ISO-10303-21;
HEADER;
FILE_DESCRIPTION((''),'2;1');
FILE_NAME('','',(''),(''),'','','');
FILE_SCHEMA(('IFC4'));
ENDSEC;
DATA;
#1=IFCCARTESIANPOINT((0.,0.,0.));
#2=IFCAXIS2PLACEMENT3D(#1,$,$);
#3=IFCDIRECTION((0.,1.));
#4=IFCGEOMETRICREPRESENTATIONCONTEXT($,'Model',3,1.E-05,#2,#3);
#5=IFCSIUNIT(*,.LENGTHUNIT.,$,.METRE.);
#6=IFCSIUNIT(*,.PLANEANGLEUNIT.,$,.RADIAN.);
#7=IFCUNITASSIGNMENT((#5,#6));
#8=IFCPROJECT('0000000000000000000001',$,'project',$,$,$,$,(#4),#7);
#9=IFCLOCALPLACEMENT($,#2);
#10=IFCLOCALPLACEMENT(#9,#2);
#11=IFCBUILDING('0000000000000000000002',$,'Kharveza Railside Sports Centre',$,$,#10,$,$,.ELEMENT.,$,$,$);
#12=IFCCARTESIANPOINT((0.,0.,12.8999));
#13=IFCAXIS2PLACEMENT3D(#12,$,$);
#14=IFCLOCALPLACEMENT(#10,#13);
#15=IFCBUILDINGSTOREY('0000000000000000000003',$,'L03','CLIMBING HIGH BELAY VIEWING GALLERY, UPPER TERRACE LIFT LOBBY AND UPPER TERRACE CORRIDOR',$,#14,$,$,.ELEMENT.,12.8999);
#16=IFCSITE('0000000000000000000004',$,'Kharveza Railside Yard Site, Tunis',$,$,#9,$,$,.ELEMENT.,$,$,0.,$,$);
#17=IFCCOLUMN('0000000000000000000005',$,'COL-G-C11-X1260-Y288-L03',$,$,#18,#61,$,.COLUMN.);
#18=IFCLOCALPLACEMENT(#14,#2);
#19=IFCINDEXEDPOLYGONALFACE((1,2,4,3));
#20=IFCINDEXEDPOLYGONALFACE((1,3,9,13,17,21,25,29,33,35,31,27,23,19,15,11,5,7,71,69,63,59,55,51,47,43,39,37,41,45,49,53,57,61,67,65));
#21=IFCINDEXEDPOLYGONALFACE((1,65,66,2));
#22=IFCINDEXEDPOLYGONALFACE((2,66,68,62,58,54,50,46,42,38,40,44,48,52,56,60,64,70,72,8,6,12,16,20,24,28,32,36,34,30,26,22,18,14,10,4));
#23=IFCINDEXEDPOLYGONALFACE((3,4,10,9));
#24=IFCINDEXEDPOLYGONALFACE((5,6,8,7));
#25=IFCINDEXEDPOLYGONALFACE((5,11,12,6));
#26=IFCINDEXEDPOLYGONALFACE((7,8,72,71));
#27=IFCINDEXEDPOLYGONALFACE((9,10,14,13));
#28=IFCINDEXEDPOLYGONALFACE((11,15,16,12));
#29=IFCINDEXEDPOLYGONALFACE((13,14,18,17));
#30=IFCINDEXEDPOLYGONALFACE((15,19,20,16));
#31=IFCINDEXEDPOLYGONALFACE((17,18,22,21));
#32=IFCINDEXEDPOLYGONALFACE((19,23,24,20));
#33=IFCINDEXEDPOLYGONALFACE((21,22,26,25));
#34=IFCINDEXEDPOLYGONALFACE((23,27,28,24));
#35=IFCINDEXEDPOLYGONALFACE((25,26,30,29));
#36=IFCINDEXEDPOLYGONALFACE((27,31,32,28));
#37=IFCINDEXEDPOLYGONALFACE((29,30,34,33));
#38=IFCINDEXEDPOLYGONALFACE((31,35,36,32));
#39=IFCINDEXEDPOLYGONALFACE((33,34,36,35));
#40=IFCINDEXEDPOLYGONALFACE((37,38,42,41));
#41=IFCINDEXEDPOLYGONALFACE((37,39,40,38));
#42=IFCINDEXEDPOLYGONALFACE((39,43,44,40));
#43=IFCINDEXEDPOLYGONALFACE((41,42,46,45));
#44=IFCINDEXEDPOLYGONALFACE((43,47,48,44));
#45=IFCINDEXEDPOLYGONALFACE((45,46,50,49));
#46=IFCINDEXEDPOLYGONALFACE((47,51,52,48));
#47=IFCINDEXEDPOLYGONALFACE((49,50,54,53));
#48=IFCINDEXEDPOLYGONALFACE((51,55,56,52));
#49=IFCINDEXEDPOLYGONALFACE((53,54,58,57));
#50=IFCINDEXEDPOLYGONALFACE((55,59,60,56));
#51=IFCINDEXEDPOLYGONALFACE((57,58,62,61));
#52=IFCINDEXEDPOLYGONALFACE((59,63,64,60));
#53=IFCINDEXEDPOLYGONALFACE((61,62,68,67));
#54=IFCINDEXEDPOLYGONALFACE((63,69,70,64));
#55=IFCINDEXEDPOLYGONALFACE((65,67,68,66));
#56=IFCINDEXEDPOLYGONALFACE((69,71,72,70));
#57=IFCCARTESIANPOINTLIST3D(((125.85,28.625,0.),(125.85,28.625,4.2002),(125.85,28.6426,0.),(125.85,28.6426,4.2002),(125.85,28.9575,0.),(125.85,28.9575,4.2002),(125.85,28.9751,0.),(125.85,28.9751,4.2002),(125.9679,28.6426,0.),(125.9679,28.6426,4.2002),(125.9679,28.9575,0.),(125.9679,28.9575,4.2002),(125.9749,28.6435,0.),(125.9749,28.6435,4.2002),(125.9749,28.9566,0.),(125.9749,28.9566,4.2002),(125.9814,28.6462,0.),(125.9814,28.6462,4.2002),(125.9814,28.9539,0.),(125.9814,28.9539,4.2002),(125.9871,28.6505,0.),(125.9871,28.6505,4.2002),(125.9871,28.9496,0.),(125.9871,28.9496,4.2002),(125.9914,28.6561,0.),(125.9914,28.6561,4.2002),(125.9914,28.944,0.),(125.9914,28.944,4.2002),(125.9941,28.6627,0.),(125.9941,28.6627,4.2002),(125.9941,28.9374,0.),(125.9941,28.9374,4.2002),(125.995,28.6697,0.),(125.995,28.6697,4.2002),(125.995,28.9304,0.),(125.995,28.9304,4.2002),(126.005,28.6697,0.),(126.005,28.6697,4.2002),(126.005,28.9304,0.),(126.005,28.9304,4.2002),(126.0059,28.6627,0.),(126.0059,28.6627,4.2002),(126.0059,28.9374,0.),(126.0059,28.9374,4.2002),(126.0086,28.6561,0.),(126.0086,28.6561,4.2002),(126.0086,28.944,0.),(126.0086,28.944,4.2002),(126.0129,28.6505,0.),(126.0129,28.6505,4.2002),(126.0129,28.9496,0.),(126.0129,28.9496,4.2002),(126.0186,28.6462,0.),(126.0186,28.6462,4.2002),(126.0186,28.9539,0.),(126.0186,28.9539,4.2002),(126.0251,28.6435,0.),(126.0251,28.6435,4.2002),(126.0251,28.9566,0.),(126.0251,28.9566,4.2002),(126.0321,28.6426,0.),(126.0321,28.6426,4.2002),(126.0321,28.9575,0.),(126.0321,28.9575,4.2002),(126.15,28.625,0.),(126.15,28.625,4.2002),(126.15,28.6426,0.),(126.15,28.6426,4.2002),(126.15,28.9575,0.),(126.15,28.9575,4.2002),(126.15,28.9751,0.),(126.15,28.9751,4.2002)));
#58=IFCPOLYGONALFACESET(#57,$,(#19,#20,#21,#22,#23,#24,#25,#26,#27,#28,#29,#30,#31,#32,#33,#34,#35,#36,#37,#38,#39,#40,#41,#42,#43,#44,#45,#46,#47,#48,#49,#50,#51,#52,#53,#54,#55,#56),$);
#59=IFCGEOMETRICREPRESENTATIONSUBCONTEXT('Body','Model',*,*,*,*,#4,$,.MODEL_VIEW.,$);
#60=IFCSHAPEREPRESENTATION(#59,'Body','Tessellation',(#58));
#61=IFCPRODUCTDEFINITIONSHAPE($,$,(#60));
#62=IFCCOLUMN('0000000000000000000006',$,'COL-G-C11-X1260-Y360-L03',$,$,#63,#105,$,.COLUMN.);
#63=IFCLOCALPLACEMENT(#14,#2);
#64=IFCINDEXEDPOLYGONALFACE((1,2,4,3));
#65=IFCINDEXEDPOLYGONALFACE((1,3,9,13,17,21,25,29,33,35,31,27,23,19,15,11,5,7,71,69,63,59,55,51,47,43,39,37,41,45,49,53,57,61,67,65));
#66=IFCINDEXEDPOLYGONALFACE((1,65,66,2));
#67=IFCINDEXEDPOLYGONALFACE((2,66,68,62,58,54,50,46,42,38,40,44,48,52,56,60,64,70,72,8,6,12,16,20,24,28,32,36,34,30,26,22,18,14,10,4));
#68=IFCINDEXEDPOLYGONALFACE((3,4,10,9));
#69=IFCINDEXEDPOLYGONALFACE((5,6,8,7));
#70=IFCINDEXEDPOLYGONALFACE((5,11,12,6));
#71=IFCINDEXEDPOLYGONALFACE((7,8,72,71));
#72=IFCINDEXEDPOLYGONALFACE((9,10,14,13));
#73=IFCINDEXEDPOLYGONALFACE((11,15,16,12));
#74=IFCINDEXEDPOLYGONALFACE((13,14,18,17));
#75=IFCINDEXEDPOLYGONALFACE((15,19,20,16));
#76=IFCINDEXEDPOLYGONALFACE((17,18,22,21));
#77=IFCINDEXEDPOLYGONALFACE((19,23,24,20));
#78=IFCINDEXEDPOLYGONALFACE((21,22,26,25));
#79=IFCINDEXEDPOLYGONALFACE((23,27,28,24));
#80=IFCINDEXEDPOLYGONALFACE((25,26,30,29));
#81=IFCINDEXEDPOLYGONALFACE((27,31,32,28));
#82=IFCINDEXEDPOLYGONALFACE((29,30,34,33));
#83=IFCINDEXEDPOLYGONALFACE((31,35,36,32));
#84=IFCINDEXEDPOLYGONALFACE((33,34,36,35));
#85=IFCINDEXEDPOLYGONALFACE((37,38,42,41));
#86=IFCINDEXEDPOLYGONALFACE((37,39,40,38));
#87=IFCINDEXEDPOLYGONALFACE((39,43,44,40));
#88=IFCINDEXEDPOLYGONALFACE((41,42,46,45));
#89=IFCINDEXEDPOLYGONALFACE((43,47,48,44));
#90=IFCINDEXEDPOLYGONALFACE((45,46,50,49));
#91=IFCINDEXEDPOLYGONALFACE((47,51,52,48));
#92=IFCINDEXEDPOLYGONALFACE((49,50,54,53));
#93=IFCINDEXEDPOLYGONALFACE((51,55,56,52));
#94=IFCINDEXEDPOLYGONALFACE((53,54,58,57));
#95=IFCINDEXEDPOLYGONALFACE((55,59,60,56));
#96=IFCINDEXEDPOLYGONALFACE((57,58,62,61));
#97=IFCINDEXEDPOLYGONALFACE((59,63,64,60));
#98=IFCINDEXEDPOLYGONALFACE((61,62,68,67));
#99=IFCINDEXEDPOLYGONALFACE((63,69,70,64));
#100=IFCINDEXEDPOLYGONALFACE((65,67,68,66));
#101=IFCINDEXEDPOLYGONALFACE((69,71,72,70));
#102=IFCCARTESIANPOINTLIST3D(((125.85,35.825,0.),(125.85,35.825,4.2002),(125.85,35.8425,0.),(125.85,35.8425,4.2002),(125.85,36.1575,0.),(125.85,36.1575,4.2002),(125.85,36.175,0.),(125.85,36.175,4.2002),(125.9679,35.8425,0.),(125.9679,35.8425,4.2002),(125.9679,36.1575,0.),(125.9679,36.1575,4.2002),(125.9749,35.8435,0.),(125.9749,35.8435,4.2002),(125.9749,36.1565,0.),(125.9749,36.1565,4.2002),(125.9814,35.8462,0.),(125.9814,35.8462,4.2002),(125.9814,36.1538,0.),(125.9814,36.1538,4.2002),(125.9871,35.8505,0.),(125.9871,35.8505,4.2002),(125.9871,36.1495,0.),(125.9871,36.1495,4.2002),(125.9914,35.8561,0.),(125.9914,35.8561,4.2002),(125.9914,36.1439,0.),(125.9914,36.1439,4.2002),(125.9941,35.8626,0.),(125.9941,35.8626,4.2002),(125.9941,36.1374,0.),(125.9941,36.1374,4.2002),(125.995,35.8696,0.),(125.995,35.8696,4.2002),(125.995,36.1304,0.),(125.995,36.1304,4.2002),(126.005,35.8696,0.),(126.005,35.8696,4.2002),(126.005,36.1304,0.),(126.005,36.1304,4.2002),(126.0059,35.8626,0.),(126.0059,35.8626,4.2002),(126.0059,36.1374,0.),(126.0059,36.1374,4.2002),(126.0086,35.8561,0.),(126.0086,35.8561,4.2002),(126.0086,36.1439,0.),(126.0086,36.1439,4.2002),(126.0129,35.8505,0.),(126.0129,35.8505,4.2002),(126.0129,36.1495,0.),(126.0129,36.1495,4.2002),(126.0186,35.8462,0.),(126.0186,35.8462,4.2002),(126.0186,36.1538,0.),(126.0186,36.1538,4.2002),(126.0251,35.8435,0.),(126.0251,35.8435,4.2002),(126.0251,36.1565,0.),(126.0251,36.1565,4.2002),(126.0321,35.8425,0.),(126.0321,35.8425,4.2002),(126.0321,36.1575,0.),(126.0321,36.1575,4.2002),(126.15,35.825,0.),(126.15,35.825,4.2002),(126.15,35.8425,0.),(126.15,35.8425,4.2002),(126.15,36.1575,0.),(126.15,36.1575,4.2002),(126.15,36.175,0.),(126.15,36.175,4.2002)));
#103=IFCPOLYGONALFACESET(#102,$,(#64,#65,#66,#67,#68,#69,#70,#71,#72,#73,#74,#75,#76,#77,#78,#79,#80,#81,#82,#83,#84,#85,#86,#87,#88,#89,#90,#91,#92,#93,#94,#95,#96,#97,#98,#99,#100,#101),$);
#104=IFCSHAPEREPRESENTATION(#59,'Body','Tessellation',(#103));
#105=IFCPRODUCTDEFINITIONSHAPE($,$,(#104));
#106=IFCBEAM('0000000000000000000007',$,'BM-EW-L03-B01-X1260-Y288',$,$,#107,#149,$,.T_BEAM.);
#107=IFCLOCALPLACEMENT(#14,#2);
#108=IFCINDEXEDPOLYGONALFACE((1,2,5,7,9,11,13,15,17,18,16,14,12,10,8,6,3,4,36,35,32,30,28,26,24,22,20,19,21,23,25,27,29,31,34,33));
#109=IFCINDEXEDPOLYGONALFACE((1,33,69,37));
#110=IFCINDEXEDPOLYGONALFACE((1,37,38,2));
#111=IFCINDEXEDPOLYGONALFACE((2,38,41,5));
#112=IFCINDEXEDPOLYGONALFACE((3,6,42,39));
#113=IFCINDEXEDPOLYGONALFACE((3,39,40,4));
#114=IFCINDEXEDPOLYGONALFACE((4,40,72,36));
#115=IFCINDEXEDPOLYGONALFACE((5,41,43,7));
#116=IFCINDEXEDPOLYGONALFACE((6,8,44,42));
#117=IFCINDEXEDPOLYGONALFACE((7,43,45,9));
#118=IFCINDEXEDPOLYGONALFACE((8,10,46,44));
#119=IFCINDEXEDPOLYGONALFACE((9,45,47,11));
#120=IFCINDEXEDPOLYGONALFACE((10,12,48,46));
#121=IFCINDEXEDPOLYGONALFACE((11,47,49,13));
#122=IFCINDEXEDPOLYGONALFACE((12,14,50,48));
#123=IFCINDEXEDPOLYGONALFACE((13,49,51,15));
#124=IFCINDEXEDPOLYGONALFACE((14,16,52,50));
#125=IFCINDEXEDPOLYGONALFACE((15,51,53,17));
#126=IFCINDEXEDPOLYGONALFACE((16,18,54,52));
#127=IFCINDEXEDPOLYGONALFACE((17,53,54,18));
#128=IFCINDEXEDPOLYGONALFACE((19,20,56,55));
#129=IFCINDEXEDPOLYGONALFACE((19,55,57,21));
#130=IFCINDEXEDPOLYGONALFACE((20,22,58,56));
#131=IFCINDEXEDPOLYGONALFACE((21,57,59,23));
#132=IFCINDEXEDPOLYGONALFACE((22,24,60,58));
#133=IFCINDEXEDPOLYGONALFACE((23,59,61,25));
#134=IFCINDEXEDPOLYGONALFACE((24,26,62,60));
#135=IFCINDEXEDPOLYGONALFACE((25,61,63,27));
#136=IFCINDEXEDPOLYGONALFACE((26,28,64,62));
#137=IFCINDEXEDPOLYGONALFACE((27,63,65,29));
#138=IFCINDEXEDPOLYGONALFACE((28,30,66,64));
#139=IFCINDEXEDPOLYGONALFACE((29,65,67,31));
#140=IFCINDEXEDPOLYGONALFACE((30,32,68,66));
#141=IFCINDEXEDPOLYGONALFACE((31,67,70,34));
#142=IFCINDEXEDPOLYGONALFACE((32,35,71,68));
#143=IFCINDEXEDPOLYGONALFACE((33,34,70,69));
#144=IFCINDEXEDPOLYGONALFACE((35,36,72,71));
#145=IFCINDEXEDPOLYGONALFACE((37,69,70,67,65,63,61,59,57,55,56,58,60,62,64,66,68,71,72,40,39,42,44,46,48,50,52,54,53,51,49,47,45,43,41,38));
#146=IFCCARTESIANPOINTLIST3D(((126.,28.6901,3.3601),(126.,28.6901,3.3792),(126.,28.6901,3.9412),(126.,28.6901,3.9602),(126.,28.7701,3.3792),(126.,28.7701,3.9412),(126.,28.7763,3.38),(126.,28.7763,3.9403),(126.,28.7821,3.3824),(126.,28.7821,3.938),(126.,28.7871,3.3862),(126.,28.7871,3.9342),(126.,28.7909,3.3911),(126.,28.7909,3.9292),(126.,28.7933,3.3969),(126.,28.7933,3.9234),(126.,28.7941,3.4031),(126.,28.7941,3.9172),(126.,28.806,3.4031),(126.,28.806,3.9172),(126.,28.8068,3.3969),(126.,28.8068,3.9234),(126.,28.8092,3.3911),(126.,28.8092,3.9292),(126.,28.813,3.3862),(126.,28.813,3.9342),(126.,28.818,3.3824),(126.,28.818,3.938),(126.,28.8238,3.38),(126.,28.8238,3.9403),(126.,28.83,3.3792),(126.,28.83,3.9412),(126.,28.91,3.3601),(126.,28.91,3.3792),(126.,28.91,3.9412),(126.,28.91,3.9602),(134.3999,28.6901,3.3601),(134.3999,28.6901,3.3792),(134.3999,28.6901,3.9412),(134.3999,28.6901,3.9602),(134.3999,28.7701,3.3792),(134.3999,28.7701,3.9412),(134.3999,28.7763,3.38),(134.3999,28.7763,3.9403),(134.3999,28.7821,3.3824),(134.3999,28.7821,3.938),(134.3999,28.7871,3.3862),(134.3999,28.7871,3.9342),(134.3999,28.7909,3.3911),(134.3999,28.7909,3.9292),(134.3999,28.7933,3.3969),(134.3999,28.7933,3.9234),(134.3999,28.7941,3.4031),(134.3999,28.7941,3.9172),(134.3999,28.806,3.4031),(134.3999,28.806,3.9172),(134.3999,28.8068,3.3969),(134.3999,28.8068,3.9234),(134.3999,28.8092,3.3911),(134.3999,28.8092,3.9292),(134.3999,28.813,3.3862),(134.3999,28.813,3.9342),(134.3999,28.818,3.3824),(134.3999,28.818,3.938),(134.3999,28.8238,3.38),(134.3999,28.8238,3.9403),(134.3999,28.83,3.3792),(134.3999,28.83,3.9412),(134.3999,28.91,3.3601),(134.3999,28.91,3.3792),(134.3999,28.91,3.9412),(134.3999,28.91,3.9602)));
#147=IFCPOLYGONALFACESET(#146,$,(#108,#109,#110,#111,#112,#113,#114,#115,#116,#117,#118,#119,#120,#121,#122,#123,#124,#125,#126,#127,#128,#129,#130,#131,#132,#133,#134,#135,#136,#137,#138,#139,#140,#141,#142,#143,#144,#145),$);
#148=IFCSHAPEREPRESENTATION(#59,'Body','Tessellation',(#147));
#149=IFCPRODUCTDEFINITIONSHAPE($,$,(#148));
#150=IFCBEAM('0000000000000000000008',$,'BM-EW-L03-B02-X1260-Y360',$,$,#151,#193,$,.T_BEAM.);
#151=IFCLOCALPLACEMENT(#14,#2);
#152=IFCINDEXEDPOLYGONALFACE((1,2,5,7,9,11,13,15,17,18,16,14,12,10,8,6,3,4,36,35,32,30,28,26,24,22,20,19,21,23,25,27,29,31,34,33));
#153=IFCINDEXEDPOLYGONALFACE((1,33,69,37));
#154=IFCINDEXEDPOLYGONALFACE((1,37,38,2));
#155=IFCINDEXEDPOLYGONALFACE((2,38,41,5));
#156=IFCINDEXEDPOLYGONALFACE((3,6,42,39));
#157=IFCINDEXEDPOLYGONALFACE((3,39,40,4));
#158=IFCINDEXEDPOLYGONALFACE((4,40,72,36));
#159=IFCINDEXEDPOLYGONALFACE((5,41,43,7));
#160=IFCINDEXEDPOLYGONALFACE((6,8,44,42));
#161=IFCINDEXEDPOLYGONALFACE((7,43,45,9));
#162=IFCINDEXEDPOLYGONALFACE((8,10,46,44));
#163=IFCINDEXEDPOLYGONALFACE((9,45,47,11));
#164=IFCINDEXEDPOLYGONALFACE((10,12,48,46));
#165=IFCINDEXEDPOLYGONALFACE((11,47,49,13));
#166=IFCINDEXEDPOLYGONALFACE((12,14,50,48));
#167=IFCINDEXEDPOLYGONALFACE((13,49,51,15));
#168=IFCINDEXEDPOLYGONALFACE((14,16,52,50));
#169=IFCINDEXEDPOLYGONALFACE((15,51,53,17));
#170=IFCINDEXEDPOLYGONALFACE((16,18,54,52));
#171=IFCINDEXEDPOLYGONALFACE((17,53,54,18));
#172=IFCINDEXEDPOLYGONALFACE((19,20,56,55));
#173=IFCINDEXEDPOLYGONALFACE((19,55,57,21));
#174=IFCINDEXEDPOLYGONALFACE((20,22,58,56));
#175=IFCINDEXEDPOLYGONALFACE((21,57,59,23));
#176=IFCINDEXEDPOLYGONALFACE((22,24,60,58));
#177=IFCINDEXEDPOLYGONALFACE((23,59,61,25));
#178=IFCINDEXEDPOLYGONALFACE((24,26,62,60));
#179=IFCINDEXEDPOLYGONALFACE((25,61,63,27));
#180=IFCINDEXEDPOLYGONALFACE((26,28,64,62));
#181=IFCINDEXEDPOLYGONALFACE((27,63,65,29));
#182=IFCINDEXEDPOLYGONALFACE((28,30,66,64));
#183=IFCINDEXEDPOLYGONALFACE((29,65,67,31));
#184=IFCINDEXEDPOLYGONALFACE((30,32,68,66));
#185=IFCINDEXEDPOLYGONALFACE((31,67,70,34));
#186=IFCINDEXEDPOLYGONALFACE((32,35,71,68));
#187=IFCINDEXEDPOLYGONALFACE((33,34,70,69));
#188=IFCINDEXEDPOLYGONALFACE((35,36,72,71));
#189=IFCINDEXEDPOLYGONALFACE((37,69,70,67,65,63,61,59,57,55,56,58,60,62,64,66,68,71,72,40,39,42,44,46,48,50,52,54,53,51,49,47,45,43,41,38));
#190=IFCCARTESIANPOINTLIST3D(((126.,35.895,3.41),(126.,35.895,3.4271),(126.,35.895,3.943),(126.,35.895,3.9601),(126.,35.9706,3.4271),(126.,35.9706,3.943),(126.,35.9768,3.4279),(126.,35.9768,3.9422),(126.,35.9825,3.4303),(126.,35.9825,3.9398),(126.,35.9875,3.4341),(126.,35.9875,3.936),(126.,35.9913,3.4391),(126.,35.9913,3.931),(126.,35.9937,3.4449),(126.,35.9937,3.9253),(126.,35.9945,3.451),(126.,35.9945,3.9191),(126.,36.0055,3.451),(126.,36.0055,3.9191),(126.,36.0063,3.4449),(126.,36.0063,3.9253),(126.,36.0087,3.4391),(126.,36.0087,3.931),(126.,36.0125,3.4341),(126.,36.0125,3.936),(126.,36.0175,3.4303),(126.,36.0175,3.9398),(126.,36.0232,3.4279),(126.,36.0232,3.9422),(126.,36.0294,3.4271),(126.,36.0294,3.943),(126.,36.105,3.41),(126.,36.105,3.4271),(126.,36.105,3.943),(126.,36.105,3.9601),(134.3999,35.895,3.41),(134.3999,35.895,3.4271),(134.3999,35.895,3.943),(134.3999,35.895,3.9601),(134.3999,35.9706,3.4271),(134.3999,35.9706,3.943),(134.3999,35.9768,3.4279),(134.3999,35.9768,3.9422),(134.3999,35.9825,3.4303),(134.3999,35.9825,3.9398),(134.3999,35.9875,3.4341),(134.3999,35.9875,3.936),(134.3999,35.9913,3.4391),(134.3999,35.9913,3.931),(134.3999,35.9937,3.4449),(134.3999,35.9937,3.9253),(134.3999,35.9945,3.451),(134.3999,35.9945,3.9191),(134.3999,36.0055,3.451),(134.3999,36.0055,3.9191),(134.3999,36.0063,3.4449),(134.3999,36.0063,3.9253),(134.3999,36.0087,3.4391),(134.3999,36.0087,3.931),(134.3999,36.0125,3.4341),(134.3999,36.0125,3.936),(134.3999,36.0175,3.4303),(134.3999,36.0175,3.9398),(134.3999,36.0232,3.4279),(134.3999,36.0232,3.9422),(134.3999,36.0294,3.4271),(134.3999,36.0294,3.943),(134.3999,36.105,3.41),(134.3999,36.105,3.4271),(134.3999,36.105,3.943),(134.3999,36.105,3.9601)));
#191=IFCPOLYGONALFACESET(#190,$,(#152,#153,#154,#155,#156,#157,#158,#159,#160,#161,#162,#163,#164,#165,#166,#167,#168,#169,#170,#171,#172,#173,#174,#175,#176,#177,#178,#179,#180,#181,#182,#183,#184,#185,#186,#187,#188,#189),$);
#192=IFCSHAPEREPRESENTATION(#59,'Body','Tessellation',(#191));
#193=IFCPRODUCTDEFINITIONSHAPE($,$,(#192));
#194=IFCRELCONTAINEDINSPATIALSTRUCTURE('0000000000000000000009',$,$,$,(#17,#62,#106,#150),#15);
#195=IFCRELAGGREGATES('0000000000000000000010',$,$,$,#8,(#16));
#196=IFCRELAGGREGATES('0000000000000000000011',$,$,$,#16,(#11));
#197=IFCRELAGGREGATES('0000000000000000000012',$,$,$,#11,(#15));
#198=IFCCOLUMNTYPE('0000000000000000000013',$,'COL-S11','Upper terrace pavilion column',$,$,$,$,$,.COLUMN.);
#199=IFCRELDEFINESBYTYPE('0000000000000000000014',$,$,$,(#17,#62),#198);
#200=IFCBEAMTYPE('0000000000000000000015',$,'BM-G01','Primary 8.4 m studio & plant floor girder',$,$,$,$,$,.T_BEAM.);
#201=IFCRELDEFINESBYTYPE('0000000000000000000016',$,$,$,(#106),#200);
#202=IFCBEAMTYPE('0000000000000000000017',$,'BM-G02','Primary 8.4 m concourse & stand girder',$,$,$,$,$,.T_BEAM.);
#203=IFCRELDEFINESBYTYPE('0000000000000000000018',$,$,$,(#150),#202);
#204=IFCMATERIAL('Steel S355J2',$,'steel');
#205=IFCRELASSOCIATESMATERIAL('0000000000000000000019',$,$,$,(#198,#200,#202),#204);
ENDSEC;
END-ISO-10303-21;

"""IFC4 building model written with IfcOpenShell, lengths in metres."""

from ifc_helpers import new_model, si_unit, direction, frame, origin, origin_2d, place, context, subcontext, project, spatial, i_section, extrude, material, material_profile, profile_set, type_object, element, save


model = new_model("IFC4")

# Units and contexts
model_context = context("Model", 3, precision=1e-05, world=origin(), true_north=direction((0.0, 1.0)))
body_context = subcontext(model_context, "Body", "Model", "MODEL_VIEW")
ifc_project = project(units=[si_unit("LENGTHUNIT", "METRE"), si_unit("PLANEANGLEUNIT", "RADIAN")], contexts=[model_context])

# Site, building, storey
site_placement = place(None, origin())
site = spatial("IfcSite", under=ifc_project, at=site_placement, Name="Kharveza Railside Yard Site, Tunis", CompositionType="ELEMENT", RefElevation=0.0)
building_placement = place(site_placement, origin())
building = spatial("IfcBuilding", under=site, at=building_placement, Name="Kharveza Railside Sports Centre", CompositionType="ELEMENT")
storey_placement = place(building_placement, frame((0.0, 0.0, 12.8999)))
storey = spatial("IfcBuildingStorey", under=building, at=storey_placement, Name="L03", Description="CLIMBING HIGH BELAY VIEWING GALLERY, UPPER TERRACE LIFT LOBBY AND UPPER TERRACE CORRIDOR", CompositionType="ELEMENT", Elevation=12.8999)

# Columns
ifc_material_1 = material(Name="Steel S355J2", Category="steel")
ifc_material_profile_1 = material_profile(ifc_material_1, i_section(OverallWidth=0.3, OverallDepth=0.3501, WebThickness=0.01, FlangeThickness=0.0176, FilletRadius=0.0271, at=origin_2d()), Name="HEA 360")
ifc_profile_set_1 = profile_set([ifc_material_profile_1], Name="Steel S355J2")
column_type = type_object("IfcColumnType", Name="COL-S11", Description="Upper terrace pavilion column", PredefinedType="COLUMN", material=ifc_profile_set_1)
for number, where, z_axis, x_axis, name in (
    (1, (126.0, 28.8, 0.0), (0.0, 0.0, 1.0), (1.0, 0.0, 0.0), "COL-G-C11-X1260-Y288-L03"),
    (2, (126.0, 36.0, 0.0), (0.0, 0.0, 1.0), (1.0, 0.0, 0.0), "COL-G-C11-X1260-Y360-L03"),
):
    element("IfcColumn", number, at=place(storey_placement, frame(where, z_axis=z_axis, x_axis=x_axis)), inside=storey, type_object=column_type, Name=name, PredefinedType="COLUMN", context=body_context, shape_type="SweptSolid", body=[
        extrude(i_section(OverallWidth=0.3, OverallDepth=0.3501, WebThickness=0.01, FlangeThickness=0.0176, FilletRadius=0.0271, at=origin_2d()), origin(), (0.0, 0.0, 1.0), 4.2002),
    ])

# Beams
ifc_material_profile_2 = material_profile(ifc_material_1, i_section(OverallWidth=0.22, OverallDepth=0.6001, WebThickness=0.012, FlangeThickness=0.019, FilletRadius=0.0239, at=origin_2d()), Name="IPE 600")
ifc_profile_set_2 = profile_set([ifc_material_profile_2], Name="Steel S355J2")
beam_type_1 = type_object("IfcBeamType", Name="BM-G01", Description="Primary 8.4 m studio & plant floor girder", PredefinedType="T_BEAM", material=ifc_profile_set_2)
beam_1_placement = place(storey_placement, frame((126.0, 28.8, 3.6602), z_axis=(1.0, 0.0, 0.0), x_axis=(0.0, 1.0, 0.0)))
element("IfcBeam", 3, at=beam_1_placement, inside=storey, type_object=beam_type_1, Name="BM-EW-L03-B01-X1260-Y288", PredefinedType="T_BEAM", context=body_context, shape_type="SweptSolid", body=[
    extrude(i_section(OverallWidth=0.22, OverallDepth=0.6001, WebThickness=0.012, FlangeThickness=0.019, FilletRadius=0.0239, at=origin_2d()), origin(), (0.0, 0.0, 1.0), 8.3999),
])
ifc_material_profile_3 = material_profile(ifc_material_1, i_section(OverallWidth=0.21, OverallDepth=0.55, WebThickness=0.011, FlangeThickness=0.0171, FilletRadius=0.0239, at=origin_2d()), Name="IPE 550")
ifc_profile_set_3 = profile_set([ifc_material_profile_3], Name="Steel S355J2")
beam_type_2 = type_object("IfcBeamType", Name="BM-G02", Description="Primary 8.4 m concourse & stand girder", PredefinedType="T_BEAM", material=ifc_profile_set_3)
beam_2_placement = place(storey_placement, frame((126.0, 36.0, 3.6851), z_axis=(1.0, 0.0, 0.0), x_axis=(0.0, 1.0, 0.0)))
element("IfcBeam", 4, at=beam_2_placement, inside=storey, type_object=beam_type_2, Name="BM-EW-L03-B02-X1260-Y360", PredefinedType="T_BEAM", context=body_context, shape_type="SweptSolid", body=[
    extrude(i_section(OverallWidth=0.21, OverallDepth=0.55, WebThickness=0.011, FlangeThickness=0.0171, FilletRadius=0.0239, at=origin_2d()), origin(), (0.0, 0.0, 1.0), 8.3999),
])

save(model, "model.ifc")
